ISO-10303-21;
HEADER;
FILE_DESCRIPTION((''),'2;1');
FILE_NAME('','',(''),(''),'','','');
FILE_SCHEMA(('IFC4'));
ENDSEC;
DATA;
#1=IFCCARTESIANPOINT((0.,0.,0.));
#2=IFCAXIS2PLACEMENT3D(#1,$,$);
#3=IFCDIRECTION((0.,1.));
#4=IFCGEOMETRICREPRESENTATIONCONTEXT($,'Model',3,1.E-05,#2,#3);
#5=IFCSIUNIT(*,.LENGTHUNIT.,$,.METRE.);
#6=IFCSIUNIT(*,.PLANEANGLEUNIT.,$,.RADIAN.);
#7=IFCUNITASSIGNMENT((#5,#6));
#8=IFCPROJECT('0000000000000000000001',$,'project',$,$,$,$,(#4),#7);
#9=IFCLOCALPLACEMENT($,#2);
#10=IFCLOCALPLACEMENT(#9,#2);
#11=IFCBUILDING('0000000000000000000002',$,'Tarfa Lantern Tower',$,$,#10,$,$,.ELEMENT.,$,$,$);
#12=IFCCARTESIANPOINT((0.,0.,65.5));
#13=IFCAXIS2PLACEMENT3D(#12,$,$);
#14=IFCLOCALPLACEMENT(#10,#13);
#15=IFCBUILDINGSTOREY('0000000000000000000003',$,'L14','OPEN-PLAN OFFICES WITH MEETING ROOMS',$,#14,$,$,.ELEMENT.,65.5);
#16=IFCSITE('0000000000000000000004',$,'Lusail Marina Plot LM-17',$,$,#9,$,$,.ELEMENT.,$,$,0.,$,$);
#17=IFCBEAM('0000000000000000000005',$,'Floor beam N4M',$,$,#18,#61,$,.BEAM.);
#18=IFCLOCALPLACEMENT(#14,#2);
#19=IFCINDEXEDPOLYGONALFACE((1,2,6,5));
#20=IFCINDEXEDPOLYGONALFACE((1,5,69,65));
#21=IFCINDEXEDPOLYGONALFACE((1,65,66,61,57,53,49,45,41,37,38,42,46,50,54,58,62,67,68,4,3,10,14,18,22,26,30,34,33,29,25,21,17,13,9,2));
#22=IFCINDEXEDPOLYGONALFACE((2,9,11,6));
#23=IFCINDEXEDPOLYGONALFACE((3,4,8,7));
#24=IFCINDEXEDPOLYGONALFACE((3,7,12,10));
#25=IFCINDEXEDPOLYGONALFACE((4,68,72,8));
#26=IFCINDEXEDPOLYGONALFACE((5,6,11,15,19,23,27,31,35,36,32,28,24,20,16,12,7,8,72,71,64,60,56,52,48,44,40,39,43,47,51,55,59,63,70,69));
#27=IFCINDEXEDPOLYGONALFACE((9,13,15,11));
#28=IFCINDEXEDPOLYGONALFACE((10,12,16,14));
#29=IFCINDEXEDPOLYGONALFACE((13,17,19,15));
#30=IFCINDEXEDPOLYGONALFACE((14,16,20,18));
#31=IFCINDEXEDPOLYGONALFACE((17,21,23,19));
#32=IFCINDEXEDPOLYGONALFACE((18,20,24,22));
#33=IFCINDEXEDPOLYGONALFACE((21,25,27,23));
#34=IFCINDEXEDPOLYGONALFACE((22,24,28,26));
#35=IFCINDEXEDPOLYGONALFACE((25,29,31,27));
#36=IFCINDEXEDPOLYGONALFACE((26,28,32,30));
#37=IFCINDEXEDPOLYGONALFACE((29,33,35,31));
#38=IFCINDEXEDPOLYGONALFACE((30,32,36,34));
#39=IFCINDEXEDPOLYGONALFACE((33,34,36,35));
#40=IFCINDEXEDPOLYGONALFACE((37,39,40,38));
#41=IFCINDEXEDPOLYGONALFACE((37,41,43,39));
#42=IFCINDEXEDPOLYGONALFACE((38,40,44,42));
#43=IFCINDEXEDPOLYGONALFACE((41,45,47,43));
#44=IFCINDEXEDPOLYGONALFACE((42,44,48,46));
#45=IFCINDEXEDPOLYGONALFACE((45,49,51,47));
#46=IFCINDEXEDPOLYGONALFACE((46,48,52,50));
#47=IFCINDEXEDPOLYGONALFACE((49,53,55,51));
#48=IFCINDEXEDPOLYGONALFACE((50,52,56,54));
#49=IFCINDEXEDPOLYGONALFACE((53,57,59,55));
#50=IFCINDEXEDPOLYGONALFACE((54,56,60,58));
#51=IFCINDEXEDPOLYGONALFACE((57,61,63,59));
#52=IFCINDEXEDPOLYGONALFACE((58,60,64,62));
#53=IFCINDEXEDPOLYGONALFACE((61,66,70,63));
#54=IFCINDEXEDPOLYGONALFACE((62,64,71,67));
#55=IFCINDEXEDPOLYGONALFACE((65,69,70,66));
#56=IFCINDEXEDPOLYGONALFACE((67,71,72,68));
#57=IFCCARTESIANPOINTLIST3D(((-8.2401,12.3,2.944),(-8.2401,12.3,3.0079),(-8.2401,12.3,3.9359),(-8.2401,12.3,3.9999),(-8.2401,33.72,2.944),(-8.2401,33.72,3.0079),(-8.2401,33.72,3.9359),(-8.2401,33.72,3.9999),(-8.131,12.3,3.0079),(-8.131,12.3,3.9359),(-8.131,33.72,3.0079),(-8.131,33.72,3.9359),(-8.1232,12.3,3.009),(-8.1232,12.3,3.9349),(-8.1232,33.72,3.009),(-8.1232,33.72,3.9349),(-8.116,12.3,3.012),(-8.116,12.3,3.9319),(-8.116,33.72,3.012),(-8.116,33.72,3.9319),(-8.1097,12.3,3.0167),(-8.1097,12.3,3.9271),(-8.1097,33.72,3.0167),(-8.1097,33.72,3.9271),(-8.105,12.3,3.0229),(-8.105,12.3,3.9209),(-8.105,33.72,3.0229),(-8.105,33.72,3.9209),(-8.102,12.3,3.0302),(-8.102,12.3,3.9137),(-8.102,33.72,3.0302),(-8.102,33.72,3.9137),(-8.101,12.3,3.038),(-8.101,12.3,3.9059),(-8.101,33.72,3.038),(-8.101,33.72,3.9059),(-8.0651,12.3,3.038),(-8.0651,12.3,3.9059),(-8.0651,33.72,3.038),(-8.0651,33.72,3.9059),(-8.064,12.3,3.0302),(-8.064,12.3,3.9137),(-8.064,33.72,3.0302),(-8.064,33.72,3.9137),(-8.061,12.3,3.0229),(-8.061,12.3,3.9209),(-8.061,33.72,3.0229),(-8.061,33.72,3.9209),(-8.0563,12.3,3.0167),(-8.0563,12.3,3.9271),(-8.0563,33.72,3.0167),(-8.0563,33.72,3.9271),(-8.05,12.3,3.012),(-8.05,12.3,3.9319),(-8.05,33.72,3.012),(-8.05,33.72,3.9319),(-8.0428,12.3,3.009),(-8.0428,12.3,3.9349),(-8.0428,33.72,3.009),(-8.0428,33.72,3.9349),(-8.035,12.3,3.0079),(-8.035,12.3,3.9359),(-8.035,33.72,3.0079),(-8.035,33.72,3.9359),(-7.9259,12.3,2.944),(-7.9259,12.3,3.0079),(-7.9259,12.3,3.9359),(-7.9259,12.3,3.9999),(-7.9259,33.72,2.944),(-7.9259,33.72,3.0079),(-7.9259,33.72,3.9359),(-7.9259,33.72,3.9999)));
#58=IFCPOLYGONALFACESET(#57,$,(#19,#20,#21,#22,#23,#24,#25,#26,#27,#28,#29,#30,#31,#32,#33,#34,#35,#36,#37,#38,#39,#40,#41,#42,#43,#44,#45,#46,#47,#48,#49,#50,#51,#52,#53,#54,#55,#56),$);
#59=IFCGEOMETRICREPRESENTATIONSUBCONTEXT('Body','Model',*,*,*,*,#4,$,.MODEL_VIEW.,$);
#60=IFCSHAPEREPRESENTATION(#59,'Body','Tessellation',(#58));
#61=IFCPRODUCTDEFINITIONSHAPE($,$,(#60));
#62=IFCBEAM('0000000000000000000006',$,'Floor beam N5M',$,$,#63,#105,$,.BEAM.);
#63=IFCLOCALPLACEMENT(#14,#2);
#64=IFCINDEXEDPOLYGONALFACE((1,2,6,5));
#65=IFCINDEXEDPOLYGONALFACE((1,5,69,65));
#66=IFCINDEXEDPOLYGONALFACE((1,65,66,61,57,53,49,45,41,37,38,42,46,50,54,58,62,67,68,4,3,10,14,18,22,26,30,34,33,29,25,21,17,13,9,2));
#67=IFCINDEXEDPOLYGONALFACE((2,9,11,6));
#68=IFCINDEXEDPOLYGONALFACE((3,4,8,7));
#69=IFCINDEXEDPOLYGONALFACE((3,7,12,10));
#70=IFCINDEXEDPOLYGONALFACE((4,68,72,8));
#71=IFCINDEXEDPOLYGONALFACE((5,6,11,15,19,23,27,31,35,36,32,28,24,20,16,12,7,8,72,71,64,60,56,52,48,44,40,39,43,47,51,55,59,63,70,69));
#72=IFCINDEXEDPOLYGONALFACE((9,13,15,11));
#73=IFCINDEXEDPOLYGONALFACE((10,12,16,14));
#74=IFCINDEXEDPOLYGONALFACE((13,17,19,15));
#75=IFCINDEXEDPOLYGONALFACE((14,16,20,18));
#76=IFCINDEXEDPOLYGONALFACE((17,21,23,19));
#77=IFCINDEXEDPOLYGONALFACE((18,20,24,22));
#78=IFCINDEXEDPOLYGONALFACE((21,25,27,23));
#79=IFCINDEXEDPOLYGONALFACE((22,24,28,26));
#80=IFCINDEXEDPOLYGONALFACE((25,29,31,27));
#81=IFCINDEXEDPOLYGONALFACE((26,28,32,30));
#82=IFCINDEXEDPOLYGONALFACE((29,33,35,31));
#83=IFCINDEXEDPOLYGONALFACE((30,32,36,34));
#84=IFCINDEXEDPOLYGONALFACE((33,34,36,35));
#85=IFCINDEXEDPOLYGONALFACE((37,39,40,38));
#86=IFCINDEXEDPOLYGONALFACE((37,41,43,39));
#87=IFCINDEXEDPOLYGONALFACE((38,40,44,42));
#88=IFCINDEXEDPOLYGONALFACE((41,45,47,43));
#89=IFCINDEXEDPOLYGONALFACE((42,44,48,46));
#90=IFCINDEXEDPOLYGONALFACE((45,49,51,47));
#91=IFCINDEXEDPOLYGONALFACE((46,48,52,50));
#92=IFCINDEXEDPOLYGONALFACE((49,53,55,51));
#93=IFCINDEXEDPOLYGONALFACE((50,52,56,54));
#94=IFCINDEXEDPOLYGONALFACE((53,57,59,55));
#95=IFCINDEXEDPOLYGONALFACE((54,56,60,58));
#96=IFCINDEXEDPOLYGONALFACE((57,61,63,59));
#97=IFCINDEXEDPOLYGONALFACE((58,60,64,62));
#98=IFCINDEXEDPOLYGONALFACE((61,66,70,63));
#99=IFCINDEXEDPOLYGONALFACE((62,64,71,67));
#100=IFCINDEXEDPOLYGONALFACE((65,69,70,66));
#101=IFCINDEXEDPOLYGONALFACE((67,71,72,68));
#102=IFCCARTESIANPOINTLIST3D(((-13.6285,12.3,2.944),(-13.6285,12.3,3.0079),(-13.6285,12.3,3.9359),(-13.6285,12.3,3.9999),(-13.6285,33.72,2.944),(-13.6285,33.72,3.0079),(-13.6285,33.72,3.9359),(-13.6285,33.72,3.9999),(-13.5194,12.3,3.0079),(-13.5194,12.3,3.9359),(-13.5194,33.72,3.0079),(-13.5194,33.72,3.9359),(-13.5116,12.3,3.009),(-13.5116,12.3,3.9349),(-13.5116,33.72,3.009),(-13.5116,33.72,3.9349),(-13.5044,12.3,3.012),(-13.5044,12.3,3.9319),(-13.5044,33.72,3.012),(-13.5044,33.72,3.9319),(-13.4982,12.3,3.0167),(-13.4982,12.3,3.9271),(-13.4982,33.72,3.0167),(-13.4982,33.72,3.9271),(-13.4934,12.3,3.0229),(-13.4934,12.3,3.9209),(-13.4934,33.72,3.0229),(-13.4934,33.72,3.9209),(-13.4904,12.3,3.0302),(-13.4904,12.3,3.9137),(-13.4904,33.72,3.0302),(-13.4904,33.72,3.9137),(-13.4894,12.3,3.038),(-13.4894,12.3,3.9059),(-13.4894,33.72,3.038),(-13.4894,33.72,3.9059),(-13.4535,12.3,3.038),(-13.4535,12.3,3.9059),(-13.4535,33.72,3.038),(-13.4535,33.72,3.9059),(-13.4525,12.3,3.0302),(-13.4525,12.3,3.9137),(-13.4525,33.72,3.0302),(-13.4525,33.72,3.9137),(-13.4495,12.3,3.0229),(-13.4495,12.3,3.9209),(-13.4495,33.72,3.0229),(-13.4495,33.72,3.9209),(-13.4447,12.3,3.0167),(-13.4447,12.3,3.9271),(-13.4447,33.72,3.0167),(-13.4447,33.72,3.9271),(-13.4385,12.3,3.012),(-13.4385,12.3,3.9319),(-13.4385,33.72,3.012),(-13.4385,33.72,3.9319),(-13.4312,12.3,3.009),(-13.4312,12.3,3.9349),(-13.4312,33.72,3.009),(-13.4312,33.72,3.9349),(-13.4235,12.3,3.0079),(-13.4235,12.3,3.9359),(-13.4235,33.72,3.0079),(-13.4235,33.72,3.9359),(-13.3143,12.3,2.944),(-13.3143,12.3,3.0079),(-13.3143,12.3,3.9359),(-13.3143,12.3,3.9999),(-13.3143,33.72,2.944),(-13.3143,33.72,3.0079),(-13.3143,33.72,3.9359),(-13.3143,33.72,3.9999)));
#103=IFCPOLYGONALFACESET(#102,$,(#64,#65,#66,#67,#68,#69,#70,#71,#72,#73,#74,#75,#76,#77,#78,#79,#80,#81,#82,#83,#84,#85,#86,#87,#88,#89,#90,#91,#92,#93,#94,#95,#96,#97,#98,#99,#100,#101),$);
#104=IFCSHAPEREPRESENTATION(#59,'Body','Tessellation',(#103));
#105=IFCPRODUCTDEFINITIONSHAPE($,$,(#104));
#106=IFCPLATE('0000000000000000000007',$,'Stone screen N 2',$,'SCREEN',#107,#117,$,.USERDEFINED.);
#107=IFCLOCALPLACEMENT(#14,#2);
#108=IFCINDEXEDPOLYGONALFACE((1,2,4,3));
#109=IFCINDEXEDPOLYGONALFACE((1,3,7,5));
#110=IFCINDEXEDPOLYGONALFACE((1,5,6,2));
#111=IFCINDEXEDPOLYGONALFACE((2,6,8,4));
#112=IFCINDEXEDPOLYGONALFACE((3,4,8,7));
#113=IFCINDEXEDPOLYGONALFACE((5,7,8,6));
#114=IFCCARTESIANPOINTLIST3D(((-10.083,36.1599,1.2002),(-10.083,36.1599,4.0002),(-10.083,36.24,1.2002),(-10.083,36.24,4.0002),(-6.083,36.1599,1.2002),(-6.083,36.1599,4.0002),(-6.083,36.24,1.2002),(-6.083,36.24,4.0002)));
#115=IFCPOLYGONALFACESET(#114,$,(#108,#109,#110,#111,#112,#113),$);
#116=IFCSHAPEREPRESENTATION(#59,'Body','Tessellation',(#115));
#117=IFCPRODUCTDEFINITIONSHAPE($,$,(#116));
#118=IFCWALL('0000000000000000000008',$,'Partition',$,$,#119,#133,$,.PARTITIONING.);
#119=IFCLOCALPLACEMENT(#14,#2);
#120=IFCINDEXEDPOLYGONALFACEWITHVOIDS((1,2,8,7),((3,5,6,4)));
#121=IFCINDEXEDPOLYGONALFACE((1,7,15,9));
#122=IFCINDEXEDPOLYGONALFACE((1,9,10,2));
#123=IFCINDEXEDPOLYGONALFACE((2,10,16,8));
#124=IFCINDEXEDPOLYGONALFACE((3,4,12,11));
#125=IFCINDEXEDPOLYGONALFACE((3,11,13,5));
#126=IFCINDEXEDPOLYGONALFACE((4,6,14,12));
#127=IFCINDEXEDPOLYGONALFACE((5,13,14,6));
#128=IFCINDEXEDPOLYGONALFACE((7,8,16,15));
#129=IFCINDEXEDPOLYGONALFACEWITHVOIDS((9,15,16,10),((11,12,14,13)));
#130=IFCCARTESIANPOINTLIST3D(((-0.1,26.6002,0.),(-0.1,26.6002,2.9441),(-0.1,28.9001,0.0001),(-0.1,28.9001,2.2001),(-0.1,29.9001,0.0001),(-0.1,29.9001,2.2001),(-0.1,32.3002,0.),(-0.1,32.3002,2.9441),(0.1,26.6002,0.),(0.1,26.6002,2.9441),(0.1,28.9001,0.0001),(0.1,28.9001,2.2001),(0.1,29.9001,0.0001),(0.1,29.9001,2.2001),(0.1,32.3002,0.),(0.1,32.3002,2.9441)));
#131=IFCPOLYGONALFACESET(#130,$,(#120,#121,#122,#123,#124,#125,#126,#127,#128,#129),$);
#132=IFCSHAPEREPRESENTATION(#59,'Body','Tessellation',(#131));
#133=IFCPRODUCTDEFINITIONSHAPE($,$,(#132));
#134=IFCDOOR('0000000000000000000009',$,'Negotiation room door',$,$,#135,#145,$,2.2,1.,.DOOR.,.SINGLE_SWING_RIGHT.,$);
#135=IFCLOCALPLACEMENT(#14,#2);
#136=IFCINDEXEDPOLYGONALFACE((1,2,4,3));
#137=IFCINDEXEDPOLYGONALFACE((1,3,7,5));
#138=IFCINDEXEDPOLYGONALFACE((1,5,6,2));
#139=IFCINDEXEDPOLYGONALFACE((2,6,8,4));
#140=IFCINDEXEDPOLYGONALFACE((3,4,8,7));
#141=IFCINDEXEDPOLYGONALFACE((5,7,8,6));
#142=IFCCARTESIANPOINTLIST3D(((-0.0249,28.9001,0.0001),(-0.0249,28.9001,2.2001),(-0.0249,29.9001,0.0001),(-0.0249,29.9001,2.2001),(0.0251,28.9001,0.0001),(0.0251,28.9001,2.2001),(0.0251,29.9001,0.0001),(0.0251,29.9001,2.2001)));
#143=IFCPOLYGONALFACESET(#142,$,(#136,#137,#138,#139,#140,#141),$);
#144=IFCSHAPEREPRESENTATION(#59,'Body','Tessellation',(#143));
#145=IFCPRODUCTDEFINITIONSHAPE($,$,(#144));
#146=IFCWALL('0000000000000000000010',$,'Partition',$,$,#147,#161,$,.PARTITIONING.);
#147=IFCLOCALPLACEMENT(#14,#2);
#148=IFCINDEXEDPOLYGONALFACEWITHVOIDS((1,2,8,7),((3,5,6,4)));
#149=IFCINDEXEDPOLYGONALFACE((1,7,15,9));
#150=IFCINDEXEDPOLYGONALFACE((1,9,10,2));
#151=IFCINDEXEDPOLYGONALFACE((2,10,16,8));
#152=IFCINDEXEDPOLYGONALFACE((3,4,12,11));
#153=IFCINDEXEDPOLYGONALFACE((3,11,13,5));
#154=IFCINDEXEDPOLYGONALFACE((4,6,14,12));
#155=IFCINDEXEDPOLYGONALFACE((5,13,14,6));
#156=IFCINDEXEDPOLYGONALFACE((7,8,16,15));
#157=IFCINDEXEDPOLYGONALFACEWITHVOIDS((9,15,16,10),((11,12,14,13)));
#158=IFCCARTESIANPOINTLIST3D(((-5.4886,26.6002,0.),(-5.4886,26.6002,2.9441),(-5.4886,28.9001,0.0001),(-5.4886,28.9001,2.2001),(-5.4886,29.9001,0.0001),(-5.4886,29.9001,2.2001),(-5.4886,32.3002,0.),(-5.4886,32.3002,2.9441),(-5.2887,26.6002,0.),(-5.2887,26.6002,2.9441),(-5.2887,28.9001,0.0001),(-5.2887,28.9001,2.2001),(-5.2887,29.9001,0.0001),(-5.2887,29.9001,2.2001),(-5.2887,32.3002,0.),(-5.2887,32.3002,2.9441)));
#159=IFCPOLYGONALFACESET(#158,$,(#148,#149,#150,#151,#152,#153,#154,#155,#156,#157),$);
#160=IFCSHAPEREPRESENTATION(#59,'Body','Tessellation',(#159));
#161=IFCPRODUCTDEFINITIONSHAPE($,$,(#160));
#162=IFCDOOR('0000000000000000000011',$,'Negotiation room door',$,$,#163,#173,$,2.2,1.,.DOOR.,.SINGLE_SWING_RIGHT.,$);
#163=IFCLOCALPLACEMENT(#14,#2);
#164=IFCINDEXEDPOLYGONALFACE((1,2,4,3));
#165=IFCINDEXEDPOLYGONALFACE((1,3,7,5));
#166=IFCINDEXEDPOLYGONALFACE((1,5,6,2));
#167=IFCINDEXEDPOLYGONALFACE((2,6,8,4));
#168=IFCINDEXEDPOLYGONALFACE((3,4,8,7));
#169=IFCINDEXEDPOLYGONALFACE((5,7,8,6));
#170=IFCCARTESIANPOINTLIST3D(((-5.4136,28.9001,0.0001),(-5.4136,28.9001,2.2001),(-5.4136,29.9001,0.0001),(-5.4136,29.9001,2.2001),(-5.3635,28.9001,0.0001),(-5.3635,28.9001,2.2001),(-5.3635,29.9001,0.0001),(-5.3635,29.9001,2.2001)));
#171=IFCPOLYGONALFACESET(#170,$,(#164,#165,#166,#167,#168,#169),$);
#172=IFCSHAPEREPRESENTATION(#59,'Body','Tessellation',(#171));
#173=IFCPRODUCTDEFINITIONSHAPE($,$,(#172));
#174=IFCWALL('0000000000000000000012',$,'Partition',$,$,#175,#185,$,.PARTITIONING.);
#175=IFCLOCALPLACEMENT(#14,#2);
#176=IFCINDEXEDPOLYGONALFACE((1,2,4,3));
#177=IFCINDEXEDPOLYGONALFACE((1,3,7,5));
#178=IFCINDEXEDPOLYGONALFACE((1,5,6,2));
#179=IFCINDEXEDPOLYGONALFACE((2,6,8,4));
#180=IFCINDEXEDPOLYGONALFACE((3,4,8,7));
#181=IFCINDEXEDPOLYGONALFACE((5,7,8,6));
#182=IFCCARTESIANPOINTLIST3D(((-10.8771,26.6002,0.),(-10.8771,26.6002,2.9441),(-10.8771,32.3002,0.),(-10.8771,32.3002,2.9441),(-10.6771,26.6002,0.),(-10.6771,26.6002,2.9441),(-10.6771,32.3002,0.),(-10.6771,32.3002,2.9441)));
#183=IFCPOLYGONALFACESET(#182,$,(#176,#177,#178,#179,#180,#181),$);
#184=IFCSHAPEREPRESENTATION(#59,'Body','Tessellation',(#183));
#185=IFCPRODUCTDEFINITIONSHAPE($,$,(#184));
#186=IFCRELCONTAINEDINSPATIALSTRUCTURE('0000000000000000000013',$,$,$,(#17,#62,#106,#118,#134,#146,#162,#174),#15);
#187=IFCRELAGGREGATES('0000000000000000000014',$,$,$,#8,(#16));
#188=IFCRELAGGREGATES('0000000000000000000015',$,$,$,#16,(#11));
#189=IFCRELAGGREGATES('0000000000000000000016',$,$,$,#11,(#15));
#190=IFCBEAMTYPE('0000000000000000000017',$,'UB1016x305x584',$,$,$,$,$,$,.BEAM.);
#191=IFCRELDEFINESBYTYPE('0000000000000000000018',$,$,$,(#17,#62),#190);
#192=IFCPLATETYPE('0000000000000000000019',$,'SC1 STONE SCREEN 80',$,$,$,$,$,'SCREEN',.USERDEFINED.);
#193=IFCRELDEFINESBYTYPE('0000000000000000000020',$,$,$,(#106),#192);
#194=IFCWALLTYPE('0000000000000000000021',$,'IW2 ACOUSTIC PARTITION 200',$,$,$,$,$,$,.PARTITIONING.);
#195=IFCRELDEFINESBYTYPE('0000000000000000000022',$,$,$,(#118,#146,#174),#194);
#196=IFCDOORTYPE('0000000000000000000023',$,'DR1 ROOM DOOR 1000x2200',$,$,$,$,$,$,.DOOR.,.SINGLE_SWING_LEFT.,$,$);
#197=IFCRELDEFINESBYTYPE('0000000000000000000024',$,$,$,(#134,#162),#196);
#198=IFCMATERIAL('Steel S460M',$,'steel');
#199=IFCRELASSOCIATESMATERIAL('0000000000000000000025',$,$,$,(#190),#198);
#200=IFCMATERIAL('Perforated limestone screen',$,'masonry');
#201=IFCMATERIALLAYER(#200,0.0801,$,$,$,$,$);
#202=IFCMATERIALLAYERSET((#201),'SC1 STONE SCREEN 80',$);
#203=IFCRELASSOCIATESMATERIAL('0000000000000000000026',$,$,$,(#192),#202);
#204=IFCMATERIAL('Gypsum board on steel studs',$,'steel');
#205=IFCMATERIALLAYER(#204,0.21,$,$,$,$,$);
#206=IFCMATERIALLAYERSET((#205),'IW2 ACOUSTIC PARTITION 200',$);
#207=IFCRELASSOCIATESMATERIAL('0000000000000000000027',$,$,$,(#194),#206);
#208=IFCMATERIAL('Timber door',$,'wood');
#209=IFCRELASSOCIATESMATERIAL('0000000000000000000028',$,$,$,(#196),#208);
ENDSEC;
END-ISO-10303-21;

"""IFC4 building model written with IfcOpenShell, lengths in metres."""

from ifc_helpers import new_model, si_unit, direction, frame, frame_2d, origin, origin_2d, place, context, subcontext, project, spatial, rectangle, i_section, extrude, material, layer, layer_set, material_profile, profile_set, type_object, element, fill, save


model = new_model("IFC4")

# Units and contexts
model_context = context("Model", 3, precision=1e-05, world=origin(), true_north=direction((0.0, 1.0)))
body_context = subcontext(model_context, "Body", "Model", "MODEL_VIEW")
ifc_project = project(units=[si_unit("LENGTHUNIT", "METRE"), si_unit("PLANEANGLEUNIT", "RADIAN")], contexts=[model_context])

# Site, building, storey
site_placement = place(None, origin())
site = spatial("IfcSite", under=ifc_project, at=site_placement, Name="Lusail Marina Plot LM-17", CompositionType="ELEMENT", RefElevation=0.0)
building_placement = place(site_placement, origin())
building = spatial("IfcBuilding", under=site, at=building_placement, Name="Tarfa Lantern Tower", CompositionType="ELEMENT")
storey_placement = place(building_placement, frame((0.0, 0.0, 65.5)))
storey = spatial("IfcBuildingStorey", under=building, at=storey_placement, Name="L14", Description="OPEN-PLAN OFFICES WITH MEETING ROOMS", CompositionType="ELEMENT", Elevation=65.5)

# Beams
ifc_material_1 = material(Name="Steel S460M", Category="steel")
ifc_material_profile_1 = material_profile(ifc_material_1, i_section(OverallWidth=0.3142, OverallDepth=1.0559, WebThickness=0.0359, FlangeThickness=0.064, FilletRadius=0.03, at=origin_2d()), Name="UB1016x305x584")
ifc_profile_set_1 = profile_set([ifc_material_profile_1], Name="Steel S460M")
beam_type_1 = type_object("IfcBeamType", Name="UB1016x305x584", PredefinedType="BEAM", material=ifc_profile_set_1)
for number, where, z_axis, x_axis, name in (
    (1, (-8.083, 33.72, 3.4719), (0.0, -1.0, 0.0), (1.0, 0.0, 0.0), "Floor beam N4M"),
    (2, (-13.4714, 33.72, 3.4719), (0.0, -1.0, 0.0), (1.0, 0.0, 0.0), "Floor beam N5M"),
):
    element("IfcBeam", number, at=place(storey_placement, frame(where, z_axis=z_axis, x_axis=x_axis)), inside=storey, type_object=beam_type_1, Name=name, PredefinedType="BEAM", context=body_context, shape_type="SweptSolid", body=[
        extrude(i_section(OverallWidth=0.3142, OverallDepth=1.0559, WebThickness=0.0359, FlangeThickness=0.064, FilletRadius=0.03, at=origin_2d()), origin(), (0.0, 0.0, 1.0), 21.4199),
    ])

# Plate
ifc_material_2 = material(Name="Perforated limestone screen", Category="masonry")
ifc_layer_1 = layer(ifc_material_2, 0.0801)
ifc_layer_set_1 = layer_set([ifc_layer_1], Name="SC1 STONE SCREEN 80")
plate_type = type_object("IfcPlateType", Name="SC1 STONE SCREEN 80", ElementType="SCREEN", PredefinedType="USERDEFINED", material=ifc_layer_set_1)
plate_placement = place(storey_placement, frame((-8.083, 36.2, 1.2002), z_axis=(0.0, 0.0, 1.0), x_axis=(-1.0, 0.0, 0.0)))
element("IfcPlate", 3, at=plate_placement, inside=storey, type_object=plate_type, Name="Stone screen N 2", ObjectType="SCREEN", PredefinedType="USERDEFINED", context=body_context, shape_type="SweptSolid", body=[
    extrude(rectangle(XDim=4.0, YDim=0.0801, at=origin_2d()), origin(), (0.0, 0.0, 1.0), 2.8),
])

# Walls, openings, doors
ifc_material_3 = material(Name="Gypsum board on steel studs", Category="steel")
ifc_layer_2 = layer(ifc_material_3, 0.21)
ifc_layer_set_2 = layer_set([ifc_layer_2], Name="IW2 ACOUSTIC PARTITION 200")
wall_type = type_object("IfcWallType", Name="IW2 ACOUSTIC PARTITION 200", PredefinedType="PARTITIONING", material=ifc_layer_set_2)
wall_1_placement = place(storey_placement, frame((0.0, 26.6001, 0.0), z_axis=(0.0, 0.0, 1.0), x_axis=(0.0, 1.0, 0.0)))
wall_1 = element("IfcWall", 4, at=wall_1_placement, inside=storey, type_object=wall_type, Name="Partition", PredefinedType="PARTITIONING", context=body_context, shape_type="SweptSolid", body=[
    extrude(rectangle(XDim=5.7, YDim=0.2, at=frame_2d((2.8501, 0.0))), origin(), (0.0, 0.0, 1.0), 2.9441),
])
opening_1_placement = place(wall_1_placement, frame((2.3, 0.0, 0.0)))
opening_1 = element("IfcOpeningElement", 5, at=opening_1_placement, cuts=wall_1, PredefinedType="OPENING", context=body_context, shape_type="SweptSolid", body=[
    extrude(rectangle(XDim=1.0, YDim=2.2, at=frame_2d((0.5, 1.1001))), frame((0.0, 0.1099, 0.0), z_axis=(0.0, -1.0, 0.0), x_axis=(1.0, 0.0, 0.0)), (0.0, 0.0, 1.0), 0.22),
])
ifc_material_4 = material(Name="Timber door", Category="wood")
door_type_1 = type_object("IfcDoorType", Name="DR1 ROOM DOOR 1000x2200", OperationType="SINGLE_SWING_LEFT", PredefinedType="DOOR", material=ifc_material_4)
door_1_placement = place(opening_1_placement, origin())
door_1 = element("IfcDoor", 6, at=door_1_placement, inside=storey, type_object=door_type_1, Name="Negotiation room door", OperationType="SINGLE_SWING_RIGHT", OverallHeight=2.2, OverallWidth=1.0, PredefinedType="DOOR", context=body_context, shape_type="SweptSolid", body=[
    extrude(rectangle(XDim=1.0, YDim=2.2, at=frame_2d((0.5, 1.1001))), frame((0.0, 0.0249, 0.0), z_axis=(0.0, -1.0, 0.0), x_axis=(1.0, 0.0, 0.0)), (0.0, 0.0, 1.0), 0.05),
])
fill(opening_1, door_1)
wall_2_placement = place(storey_placement, frame((-5.3887, 26.6001, 0.0), z_axis=(0.0, 0.0, 1.0), x_axis=(0.0, 1.0, 0.0)))
wall_2 = element("IfcWall", 7, at=wall_2_placement, inside=storey, type_object=wall_type, Name="Partition", PredefinedType="PARTITIONING", context=body_context, shape_type="SweptSolid", body=[
    extrude(rectangle(XDim=5.7, YDim=0.2, at=frame_2d((2.8501, 0.0))), origin(), (0.0, 0.0, 1.0), 2.9441),
])
opening_2_placement = place(wall_2_placement, frame((2.3, 0.0, 0.0)))
opening_2 = element("IfcOpeningElement", 8, at=opening_2_placement, cuts=wall_2, PredefinedType="OPENING", context=body_context, shape_type="SweptSolid", body=[
    extrude(rectangle(XDim=1.0, YDim=2.2, at=frame_2d((0.5, 1.1001))), frame((0.0, 0.1099, 0.0), z_axis=(0.0, -1.0, 0.0), x_axis=(1.0, 0.0, 0.0)), (0.0, 0.0, 1.0), 0.22),
])
door_2_placement = place(opening_2_placement, origin())
door_2 = element("IfcDoor", 9, at=door_2_placement, inside=storey, type_object=door_type_1, Name="Negotiation room door", OperationType="SINGLE_SWING_RIGHT", OverallHeight=2.2, OverallWidth=1.0, PredefinedType="DOOR", context=body_context, shape_type="SweptSolid", body=[
    extrude(rectangle(XDim=1.0, YDim=2.2, at=frame_2d((0.5, 1.1001))), frame((0.0, 0.0249, 0.0), z_axis=(0.0, -1.0, 0.0), x_axis=(1.0, 0.0, 0.0)), (0.0, 0.0, 1.0), 0.05),
])
fill(opening_2, door_2)

# Wall
wall_3_placement = place(storey_placement, frame((-10.7771, 26.6001, 0.0), z_axis=(0.0, 0.0, 1.0), x_axis=(0.0, 1.0, 0.0)))
element("IfcWall", 10, at=wall_3_placement, inside=storey, type_object=wall_type, Name="Partition", PredefinedType="PARTITIONING", context=body_context, shape_type="SweptSolid", body=[
    extrude(rectangle(XDim=5.7, YDim=0.2, at=frame_2d((2.8501, 0.0))), origin(), (0.0, 0.0, 1.0), 2.9441),
])

save(model, "model.ifc")
